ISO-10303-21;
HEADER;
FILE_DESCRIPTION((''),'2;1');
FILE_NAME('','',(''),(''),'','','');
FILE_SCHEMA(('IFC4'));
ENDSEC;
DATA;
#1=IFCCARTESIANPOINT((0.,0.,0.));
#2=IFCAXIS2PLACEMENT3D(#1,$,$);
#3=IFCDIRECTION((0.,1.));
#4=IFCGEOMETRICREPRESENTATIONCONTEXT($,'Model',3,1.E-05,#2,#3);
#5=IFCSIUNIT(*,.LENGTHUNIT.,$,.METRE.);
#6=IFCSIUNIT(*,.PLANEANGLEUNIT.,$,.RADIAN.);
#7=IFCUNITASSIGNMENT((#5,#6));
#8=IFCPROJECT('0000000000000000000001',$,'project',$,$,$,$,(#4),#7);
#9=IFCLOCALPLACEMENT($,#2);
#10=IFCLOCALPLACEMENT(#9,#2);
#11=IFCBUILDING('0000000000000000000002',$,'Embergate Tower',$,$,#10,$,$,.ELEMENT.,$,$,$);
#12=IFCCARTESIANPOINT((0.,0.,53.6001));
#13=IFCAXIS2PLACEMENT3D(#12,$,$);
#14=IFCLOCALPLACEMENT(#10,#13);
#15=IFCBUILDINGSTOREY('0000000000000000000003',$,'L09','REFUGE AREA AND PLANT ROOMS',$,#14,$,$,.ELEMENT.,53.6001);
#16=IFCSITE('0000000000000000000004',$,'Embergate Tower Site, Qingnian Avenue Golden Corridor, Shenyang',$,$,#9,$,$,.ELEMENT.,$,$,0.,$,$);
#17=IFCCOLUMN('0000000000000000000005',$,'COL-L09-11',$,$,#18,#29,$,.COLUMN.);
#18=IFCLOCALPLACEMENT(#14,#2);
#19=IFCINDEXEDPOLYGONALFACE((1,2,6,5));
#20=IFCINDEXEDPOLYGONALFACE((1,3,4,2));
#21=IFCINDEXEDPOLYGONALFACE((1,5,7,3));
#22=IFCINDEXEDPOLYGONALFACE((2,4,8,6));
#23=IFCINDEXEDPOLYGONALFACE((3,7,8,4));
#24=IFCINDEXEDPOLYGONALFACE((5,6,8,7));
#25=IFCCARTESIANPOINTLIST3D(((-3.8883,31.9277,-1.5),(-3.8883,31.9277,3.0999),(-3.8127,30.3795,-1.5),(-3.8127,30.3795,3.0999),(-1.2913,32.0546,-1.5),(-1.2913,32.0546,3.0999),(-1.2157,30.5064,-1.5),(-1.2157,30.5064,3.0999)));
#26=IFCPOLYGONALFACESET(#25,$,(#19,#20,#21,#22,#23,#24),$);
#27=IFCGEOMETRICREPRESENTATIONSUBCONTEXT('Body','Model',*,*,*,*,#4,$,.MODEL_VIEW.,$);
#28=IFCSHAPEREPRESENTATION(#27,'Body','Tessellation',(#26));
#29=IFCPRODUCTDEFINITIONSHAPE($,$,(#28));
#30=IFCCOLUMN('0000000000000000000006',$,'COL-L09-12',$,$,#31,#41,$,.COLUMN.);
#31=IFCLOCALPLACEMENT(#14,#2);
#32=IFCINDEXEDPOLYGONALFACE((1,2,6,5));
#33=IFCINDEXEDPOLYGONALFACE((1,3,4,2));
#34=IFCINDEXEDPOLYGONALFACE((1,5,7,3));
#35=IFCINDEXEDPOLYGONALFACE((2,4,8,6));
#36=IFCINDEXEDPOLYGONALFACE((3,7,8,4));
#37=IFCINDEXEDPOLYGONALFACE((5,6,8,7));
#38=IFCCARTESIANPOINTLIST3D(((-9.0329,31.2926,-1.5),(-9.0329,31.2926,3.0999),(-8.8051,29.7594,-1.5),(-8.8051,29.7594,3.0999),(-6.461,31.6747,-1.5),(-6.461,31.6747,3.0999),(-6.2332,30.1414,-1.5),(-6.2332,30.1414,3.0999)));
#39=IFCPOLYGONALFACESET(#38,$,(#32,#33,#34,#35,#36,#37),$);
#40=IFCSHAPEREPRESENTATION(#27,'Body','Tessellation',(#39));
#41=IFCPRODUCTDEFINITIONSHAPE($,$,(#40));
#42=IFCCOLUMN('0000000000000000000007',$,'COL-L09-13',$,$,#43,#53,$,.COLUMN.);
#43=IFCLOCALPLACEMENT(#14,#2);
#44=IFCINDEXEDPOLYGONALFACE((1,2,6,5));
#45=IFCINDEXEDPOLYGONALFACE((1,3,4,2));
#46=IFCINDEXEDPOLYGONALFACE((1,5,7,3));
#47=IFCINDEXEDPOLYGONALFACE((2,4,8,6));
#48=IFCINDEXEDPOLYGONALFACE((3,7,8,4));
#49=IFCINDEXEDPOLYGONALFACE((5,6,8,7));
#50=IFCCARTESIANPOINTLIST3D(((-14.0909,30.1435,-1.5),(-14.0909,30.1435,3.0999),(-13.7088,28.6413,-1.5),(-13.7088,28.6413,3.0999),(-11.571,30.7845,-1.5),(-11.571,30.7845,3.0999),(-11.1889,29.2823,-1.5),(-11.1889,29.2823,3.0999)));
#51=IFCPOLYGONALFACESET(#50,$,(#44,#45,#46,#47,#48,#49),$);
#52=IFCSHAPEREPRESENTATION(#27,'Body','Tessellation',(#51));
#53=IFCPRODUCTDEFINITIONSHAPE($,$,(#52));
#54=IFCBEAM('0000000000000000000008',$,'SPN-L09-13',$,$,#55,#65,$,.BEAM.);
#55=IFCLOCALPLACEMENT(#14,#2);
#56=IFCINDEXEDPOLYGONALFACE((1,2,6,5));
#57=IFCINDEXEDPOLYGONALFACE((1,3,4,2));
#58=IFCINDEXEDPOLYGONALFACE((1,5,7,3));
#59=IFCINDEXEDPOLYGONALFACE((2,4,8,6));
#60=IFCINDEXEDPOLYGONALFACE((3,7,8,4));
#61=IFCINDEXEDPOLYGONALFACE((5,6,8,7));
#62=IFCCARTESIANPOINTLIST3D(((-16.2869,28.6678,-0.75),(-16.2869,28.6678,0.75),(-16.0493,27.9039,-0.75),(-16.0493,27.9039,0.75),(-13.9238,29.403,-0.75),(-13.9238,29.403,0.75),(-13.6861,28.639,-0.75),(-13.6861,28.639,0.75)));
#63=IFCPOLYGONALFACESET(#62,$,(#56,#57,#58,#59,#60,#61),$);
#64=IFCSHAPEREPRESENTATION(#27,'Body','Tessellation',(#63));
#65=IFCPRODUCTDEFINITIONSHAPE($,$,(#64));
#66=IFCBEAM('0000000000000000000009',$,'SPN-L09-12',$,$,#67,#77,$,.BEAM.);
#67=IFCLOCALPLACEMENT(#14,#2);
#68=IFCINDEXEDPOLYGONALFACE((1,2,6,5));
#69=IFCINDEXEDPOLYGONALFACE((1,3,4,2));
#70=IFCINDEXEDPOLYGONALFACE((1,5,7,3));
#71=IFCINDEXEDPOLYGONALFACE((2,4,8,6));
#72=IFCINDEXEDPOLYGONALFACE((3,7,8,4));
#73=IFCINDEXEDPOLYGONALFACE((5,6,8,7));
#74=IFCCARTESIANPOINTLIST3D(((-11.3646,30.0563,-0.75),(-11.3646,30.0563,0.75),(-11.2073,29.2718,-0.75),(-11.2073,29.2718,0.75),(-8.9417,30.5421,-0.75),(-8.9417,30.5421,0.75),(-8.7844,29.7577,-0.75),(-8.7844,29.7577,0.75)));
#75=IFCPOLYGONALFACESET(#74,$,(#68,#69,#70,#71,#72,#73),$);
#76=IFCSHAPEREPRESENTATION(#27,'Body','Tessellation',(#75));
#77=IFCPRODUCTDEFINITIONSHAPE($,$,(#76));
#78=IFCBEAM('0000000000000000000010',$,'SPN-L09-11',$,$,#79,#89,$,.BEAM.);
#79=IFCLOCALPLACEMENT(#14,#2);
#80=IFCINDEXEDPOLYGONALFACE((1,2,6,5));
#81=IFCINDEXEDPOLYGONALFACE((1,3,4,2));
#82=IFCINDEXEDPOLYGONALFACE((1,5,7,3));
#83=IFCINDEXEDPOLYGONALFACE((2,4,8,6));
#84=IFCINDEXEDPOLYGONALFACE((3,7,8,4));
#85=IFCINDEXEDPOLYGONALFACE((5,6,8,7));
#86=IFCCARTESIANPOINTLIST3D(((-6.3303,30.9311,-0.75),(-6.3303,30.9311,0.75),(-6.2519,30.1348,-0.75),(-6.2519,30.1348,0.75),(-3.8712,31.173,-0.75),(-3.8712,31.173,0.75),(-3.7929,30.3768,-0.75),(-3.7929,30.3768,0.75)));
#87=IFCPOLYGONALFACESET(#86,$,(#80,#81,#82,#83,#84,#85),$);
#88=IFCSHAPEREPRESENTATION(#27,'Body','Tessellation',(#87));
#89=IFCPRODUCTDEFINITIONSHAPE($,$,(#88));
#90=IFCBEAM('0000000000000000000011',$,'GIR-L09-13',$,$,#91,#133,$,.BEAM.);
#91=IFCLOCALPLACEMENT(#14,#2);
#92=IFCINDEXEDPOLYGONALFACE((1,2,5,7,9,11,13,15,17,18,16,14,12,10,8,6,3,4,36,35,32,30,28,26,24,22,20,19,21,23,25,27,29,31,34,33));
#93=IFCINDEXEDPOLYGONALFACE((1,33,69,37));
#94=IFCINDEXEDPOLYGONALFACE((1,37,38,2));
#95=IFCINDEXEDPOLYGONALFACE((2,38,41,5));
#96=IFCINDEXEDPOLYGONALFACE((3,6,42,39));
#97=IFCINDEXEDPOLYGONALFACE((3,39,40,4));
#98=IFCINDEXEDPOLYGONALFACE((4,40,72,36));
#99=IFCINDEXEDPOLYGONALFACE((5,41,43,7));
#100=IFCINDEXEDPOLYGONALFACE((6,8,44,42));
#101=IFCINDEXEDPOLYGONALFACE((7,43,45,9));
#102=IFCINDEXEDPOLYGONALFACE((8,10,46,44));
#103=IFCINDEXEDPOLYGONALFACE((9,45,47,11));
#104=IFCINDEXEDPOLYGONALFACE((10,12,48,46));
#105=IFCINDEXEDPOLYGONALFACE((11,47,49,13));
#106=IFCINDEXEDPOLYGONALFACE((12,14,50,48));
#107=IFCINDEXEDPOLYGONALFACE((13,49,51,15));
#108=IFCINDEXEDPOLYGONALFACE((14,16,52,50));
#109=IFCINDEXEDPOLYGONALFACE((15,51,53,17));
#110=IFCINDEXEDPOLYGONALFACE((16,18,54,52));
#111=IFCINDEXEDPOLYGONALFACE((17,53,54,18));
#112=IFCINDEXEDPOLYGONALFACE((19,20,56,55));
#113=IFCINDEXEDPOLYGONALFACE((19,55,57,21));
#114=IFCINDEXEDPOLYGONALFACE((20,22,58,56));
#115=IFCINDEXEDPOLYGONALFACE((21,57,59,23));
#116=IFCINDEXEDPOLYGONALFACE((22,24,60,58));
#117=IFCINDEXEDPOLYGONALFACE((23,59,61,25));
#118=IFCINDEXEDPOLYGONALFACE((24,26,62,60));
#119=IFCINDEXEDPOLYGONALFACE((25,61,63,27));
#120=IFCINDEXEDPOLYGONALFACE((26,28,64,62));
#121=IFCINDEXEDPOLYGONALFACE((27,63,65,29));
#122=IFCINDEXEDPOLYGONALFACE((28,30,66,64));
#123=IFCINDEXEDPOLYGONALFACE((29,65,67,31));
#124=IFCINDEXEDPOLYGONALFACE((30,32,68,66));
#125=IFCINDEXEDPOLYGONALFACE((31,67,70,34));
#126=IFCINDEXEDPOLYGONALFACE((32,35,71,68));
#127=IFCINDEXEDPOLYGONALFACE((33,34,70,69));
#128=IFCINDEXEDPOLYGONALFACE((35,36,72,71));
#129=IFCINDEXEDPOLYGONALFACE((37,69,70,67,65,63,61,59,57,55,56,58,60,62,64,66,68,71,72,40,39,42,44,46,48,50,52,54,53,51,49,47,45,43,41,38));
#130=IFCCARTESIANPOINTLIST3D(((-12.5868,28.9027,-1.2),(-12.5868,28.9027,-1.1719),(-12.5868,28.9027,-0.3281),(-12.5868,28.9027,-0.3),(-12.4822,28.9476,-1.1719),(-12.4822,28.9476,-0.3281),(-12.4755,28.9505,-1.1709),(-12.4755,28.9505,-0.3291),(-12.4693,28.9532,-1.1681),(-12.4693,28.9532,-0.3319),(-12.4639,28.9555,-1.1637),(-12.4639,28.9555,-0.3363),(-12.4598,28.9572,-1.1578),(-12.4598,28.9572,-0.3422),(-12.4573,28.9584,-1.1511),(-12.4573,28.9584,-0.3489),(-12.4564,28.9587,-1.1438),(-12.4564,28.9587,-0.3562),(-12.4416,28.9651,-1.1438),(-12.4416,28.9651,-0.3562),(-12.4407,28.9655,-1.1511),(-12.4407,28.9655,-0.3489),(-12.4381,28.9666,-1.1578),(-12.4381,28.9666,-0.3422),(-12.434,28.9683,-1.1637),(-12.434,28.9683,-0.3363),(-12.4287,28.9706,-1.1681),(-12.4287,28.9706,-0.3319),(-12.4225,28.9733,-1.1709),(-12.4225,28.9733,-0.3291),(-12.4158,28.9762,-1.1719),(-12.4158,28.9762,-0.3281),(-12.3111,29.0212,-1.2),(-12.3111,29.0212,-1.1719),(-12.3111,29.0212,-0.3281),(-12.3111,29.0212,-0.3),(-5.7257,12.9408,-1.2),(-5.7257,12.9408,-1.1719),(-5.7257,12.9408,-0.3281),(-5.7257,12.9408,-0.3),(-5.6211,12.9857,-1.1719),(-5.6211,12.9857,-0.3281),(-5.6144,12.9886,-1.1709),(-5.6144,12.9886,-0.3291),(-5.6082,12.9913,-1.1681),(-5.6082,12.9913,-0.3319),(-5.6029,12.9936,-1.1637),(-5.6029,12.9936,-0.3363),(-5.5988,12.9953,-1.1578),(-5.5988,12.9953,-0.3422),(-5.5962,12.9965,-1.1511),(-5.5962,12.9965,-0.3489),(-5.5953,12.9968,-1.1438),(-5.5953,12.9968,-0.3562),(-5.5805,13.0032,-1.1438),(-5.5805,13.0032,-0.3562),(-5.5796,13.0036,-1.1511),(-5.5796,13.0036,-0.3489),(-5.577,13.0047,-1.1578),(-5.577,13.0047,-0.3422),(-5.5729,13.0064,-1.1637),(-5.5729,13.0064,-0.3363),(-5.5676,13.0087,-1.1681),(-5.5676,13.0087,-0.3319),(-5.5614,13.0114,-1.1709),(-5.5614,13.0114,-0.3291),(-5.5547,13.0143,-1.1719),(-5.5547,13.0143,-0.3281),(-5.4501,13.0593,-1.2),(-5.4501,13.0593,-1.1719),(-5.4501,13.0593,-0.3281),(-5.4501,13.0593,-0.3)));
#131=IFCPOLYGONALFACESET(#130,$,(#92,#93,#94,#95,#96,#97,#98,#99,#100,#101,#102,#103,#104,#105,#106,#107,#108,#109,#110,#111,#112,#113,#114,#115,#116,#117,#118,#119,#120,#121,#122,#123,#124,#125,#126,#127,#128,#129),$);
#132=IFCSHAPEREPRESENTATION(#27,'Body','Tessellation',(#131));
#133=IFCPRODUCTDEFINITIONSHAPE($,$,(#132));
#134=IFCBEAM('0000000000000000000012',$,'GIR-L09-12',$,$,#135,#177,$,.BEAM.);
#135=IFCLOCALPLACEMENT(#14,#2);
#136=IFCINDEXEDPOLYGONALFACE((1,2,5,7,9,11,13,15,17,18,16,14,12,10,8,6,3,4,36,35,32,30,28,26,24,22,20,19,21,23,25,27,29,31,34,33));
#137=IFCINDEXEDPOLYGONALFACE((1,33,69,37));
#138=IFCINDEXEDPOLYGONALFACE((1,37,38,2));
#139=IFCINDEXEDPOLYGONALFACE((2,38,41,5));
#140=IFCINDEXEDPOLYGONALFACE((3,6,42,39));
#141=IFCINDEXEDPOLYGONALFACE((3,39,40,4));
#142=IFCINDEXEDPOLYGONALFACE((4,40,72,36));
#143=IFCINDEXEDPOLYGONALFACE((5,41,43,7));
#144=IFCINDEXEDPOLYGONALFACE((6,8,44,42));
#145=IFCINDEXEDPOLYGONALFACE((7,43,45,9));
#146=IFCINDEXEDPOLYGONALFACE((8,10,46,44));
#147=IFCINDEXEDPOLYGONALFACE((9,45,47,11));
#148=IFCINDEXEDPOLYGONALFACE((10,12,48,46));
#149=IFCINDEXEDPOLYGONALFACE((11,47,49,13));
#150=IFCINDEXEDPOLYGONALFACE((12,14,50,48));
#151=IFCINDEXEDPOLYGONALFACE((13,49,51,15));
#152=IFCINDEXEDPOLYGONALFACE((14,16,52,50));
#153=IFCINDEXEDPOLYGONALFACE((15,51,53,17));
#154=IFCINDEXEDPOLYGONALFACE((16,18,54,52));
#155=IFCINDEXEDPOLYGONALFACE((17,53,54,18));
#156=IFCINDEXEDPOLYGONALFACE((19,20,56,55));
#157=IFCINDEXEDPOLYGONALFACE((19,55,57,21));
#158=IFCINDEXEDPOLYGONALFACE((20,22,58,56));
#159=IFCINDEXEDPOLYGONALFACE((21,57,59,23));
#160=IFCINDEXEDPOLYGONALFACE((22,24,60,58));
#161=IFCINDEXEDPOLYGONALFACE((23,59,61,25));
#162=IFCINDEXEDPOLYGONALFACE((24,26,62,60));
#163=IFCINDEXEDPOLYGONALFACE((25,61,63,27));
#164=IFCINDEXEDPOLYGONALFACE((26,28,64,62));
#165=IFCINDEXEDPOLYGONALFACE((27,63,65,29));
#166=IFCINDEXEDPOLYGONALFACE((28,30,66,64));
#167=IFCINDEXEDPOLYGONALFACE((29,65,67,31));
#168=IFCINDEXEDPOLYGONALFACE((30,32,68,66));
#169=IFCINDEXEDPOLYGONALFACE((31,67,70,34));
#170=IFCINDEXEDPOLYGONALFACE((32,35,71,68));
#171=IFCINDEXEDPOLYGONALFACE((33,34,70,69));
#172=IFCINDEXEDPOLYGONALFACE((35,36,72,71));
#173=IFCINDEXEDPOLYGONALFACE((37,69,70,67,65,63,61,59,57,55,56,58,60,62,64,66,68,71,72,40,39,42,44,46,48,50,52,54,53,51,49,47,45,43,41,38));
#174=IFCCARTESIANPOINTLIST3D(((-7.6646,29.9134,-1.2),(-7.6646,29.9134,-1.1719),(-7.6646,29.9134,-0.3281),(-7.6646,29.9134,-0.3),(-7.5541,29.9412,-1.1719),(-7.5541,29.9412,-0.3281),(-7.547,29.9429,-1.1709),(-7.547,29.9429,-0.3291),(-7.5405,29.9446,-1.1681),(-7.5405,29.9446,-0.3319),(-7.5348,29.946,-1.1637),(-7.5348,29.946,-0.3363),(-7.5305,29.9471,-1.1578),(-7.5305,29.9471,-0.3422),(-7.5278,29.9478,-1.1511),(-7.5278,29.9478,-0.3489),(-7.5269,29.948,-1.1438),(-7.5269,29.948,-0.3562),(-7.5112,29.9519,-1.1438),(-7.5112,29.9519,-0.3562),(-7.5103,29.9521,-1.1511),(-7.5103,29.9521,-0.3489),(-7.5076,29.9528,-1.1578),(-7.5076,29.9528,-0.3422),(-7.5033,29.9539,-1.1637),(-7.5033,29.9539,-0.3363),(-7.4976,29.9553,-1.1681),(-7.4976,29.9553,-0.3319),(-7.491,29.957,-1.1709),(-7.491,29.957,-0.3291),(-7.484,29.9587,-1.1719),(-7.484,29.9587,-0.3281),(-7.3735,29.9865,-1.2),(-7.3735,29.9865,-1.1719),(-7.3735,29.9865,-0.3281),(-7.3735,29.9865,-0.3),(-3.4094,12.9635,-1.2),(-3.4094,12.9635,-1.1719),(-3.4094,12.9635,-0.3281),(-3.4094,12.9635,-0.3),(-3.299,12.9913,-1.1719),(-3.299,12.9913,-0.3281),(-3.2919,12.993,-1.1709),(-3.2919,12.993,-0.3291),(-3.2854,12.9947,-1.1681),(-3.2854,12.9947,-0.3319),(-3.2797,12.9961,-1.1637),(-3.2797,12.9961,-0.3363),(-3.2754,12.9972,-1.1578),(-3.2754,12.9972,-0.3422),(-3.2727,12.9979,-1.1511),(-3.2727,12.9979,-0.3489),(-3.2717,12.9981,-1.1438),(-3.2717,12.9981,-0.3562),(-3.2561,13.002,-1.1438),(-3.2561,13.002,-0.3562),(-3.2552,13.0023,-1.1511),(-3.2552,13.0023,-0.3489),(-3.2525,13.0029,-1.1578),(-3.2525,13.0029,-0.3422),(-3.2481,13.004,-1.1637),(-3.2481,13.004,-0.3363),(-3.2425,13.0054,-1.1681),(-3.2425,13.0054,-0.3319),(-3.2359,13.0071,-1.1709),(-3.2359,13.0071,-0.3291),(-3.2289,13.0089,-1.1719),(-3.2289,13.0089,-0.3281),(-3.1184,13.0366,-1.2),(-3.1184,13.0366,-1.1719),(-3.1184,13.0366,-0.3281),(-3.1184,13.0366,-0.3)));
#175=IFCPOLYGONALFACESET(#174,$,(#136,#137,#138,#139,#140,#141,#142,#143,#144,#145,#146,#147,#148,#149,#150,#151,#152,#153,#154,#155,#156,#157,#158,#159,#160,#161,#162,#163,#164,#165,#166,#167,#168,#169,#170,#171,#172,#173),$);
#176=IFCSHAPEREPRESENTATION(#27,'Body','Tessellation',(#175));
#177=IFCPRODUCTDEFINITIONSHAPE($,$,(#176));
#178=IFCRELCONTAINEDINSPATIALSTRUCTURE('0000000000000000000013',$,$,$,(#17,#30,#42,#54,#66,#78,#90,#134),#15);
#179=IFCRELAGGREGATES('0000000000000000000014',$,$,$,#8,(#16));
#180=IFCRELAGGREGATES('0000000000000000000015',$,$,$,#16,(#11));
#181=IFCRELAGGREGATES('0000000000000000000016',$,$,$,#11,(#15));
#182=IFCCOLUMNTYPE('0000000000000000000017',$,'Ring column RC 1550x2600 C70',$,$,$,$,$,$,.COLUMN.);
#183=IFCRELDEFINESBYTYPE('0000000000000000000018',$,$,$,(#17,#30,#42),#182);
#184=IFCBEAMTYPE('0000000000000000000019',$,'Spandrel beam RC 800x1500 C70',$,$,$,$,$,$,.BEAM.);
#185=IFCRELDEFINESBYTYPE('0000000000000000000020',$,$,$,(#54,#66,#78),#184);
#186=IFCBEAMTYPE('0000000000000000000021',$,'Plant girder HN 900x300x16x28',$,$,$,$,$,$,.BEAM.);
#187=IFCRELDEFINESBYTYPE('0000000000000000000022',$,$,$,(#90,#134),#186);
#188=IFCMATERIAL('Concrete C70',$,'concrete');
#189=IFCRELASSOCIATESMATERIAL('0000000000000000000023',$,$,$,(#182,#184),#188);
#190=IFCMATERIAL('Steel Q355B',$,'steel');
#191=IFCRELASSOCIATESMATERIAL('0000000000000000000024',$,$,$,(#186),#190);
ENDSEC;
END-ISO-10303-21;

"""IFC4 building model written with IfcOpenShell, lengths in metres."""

from ifc_helpers import new_model, si_unit, direction, frame, origin, origin_2d, place, context, subcontext, project, spatial, rectangle, i_section, extrude, source, transform, mapped, material, material_profile, profile_set, type_object, element, save


model = new_model("IFC4")

# Units and contexts
model_context = context("Model", 3, precision=1e-05, world=origin(), true_north=direction((0.0, 1.0)))
body_context = subcontext(model_context, "Body", "Model", "MODEL_VIEW")
ifc_project = project(units=[si_unit("LENGTHUNIT", "METRE"), si_unit("PLANEANGLEUNIT", "RADIAN")], contexts=[model_context])

# Site, building, storey
site_placement = place(None, origin())
site = spatial("IfcSite", under=ifc_project, at=site_placement, Name="Embergate Tower Site, Qingnian Avenue Golden Corridor, Shenyang", CompositionType="ELEMENT", RefElevation=0.0)
building_placement = place(site_placement, origin())
building = spatial("IfcBuilding", under=site, at=building_placement, Name="Embergate Tower", CompositionType="ELEMENT")
storey_placement = place(building_placement, frame((0.0, 0.0, 53.6001)))
storey = spatial("IfcBuildingStorey", under=building, at=storey_placement, Name="L09", Description="REFUGE AREA AND PLANT ROOMS", CompositionType="ELEMENT", Elevation=53.6001)

# Columns
ifc_material_1 = material(Name="Concrete C70", Category="concrete")
ifc_material_profile_1 = material_profile(ifc_material_1, rectangle(XDim=1.55, YDim=2.6001, at=origin_2d()), Name="RC 1550x2600")
ifc_profile_set_1 = profile_set([ifc_material_profile_1], Name="Concrete C70")
column_type = type_object("IfcColumnType", Name="Ring column RC 1550x2600 C70", PredefinedType="COLUMN", material=ifc_profile_set_1)
shared_shape_1 = source(origin(), body_context, "Body", "SweptSolid", [
    extrude(rectangle(XDim=1.55, YDim=2.6001, at=origin_2d()), origin(), (0.0, 0.0, 1.0), 4.5999),
])
for number, where, z_axis, x_axis, name in (
    (1, (-2.552, 31.217, -1.5), (0.0, 0.0, 1.0), (-0.048815, 0.998808, 0.0), "COL-L09-11"),
    (2, (-7.6331, 30.717, -1.5), (0.0, 0.0, 1.0), (-0.146929, 0.989147, 0.0), "COL-L09-12"),
    (3, (-12.6399, 29.7129, -1.5), (0.0, 0.0, 1.0), (-0.246509, 0.969141, 0.0), "COL-L09-13"),
):
    element("IfcColumn", number, at=place(storey_placement, frame(where, z_axis=z_axis, x_axis=x_axis)), inside=storey, type_object=column_type, Name=name, PredefinedType="COLUMN", context=body_context, shape_type="MappedRepresentation", body=[
        mapped(shared_shape_1, transform((0.0, 0.0, 0.0))),
    ])

# Beams
ifc_material_profile_2 = material_profile(ifc_material_1, rectangle(XDim=0.8, YDim=1.5, at=origin_2d()), Name="RC 800x1500")
ifc_profile_set_2 = profile_set([ifc_material_profile_2], Name="Concrete C70")
beam_type_1 = type_object("IfcBeamType", Name="Spandrel beam RC 800x1500 C70", PredefinedType="BEAM", material=ifc_profile_set_2)
shared_shape_2 = source(origin(), body_context, "Body", "SweptSolid", [
    extrude(rectangle(XDim=0.8, YDim=1.5, at=origin_2d()), origin(), (0.0, 0.0, 1.0), 2.4749),
])
beam_1_placement = place(storey_placement, frame((-13.8049, 29.021, 0.0), z_axis=(-0.954864, -0.297045, 0.0), x_axis=(0.297045, -0.954864, 0.0)))
element("IfcBeam", 4, at=beam_1_placement, inside=storey, type_object=beam_type_1, Name="SPN-L09-13", PredefinedType="BEAM", context=body_context, shape_type="MappedRepresentation", body=[
    mapped(shared_shape_2, transform((0.0, 0.0, 0.0))),
])
shared_shape_3 = source(origin(), body_context, "Body", "SweptSolid", [
    extrude(rectangle(XDim=0.8, YDim=1.5, at=origin_2d()), origin(), (0.0, 0.0, 1.0), 2.4712),
])
beam_2_placement = place(storey_placement, frame((-8.863, 30.1499, 0.0), z_axis=(-0.980482, -0.19661, 0.0), x_axis=(0.19661, -0.980482, 0.0)))
element("IfcBeam", 5, at=beam_2_placement, inside=storey, type_object=beam_type_1, Name="SPN-L09-12", PredefinedType="BEAM", context=body_context, shape_type="MappedRepresentation", body=[
    mapped(shared_shape_3, transform((0.0, 0.0, 0.0))),
])
shared_shape_4 = source(origin(), body_context, "Body", "SweptSolid", [
    extrude(rectangle(XDim=0.8, YDim=1.5, at=origin_2d()), origin(), (0.0, 0.0, 1.0), 2.4709),
])
beam_3_placement = place(storey_placement, frame((-3.832, 30.7749, 0.0), z_axis=(-0.995194, -0.097919, 0.0), x_axis=(0.097919, -0.995194, 0.0)))
element("IfcBeam", 6, at=beam_3_placement, inside=storey, type_object=beam_type_1, Name="SPN-L09-11", PredefinedType="BEAM", context=body_context, shape_type="MappedRepresentation", body=[
    mapped(shared_shape_4, transform((0.0, 0.0, 0.0))),
])
ifc_material_2 = material(Name="Steel Q355B", Category="steel")
ifc_material_profile_3 = material_profile(ifc_material_2, i_section(OverallWidth=0.3, OverallDepth=0.8999, WebThickness=0.0161, FlangeThickness=0.0281, FilletRadius=0.0281, at=origin_2d()), Name="HN 900x300x16x28")
ifc_profile_set_3 = profile_set([ifc_material_profile_3], Name="Steel Q355 grade B")
beam_type_2 = type_object("IfcBeamType", Name="Plant girder HN 900x300x16x28", PredefinedType="BEAM", material=ifc_profile_set_3)
shared_shape_5 = source(origin(), body_context, "Body", "SweptSolid", [
    extrude(i_section(OverallWidth=0.3, OverallDepth=0.8999, WebThickness=0.0161, FlangeThickness=0.0281, FilletRadius=0.0281, at=origin_2d()), origin(), (0.0, 0.0, 1.0), 17.374),
])
beam_4_placement = place(storey_placement, frame((-12.449, 28.9619, -0.75), z_axis=(0.394904, -0.918722, 0.0), x_axis=(0.918722, 0.394904, 0.0)))
element("IfcBeam", 7, at=beam_4_placement, inside=storey, type_object=beam_type_2, Name="GIR-L09-13", PredefinedType="BEAM", context=body_context, shape_type="MappedRepresentation", body=[
    mapped(shared_shape_5, transform((0.0, 0.0, 0.0))),
])
shared_shape_6 = source(origin(), body_context, "Body", "SweptSolid", [
    extrude(i_section(OverallWidth=0.3, OverallDepth=0.8999, WebThickness=0.0161, FlangeThickness=0.0281, FilletRadius=0.0281, at=origin_2d()), origin(), (0.0, 0.0, 1.0), 17.4758),
])
beam_5_placement = place(storey_placement, frame((-7.519, 29.95, -0.75), z_axis=(0.243485, -0.969905, 0.0), x_axis=(0.969905, 0.243485, 0.0)))
element("IfcBeam", 8, at=beam_5_placement, inside=storey, type_object=beam_type_2, Name="GIR-L09-12", PredefinedType="BEAM", context=body_context, shape_type="MappedRepresentation", body=[
    mapped(shared_shape_6, transform((0.0, 0.0, 0.0))),
])

save(model, "model.ifc")
